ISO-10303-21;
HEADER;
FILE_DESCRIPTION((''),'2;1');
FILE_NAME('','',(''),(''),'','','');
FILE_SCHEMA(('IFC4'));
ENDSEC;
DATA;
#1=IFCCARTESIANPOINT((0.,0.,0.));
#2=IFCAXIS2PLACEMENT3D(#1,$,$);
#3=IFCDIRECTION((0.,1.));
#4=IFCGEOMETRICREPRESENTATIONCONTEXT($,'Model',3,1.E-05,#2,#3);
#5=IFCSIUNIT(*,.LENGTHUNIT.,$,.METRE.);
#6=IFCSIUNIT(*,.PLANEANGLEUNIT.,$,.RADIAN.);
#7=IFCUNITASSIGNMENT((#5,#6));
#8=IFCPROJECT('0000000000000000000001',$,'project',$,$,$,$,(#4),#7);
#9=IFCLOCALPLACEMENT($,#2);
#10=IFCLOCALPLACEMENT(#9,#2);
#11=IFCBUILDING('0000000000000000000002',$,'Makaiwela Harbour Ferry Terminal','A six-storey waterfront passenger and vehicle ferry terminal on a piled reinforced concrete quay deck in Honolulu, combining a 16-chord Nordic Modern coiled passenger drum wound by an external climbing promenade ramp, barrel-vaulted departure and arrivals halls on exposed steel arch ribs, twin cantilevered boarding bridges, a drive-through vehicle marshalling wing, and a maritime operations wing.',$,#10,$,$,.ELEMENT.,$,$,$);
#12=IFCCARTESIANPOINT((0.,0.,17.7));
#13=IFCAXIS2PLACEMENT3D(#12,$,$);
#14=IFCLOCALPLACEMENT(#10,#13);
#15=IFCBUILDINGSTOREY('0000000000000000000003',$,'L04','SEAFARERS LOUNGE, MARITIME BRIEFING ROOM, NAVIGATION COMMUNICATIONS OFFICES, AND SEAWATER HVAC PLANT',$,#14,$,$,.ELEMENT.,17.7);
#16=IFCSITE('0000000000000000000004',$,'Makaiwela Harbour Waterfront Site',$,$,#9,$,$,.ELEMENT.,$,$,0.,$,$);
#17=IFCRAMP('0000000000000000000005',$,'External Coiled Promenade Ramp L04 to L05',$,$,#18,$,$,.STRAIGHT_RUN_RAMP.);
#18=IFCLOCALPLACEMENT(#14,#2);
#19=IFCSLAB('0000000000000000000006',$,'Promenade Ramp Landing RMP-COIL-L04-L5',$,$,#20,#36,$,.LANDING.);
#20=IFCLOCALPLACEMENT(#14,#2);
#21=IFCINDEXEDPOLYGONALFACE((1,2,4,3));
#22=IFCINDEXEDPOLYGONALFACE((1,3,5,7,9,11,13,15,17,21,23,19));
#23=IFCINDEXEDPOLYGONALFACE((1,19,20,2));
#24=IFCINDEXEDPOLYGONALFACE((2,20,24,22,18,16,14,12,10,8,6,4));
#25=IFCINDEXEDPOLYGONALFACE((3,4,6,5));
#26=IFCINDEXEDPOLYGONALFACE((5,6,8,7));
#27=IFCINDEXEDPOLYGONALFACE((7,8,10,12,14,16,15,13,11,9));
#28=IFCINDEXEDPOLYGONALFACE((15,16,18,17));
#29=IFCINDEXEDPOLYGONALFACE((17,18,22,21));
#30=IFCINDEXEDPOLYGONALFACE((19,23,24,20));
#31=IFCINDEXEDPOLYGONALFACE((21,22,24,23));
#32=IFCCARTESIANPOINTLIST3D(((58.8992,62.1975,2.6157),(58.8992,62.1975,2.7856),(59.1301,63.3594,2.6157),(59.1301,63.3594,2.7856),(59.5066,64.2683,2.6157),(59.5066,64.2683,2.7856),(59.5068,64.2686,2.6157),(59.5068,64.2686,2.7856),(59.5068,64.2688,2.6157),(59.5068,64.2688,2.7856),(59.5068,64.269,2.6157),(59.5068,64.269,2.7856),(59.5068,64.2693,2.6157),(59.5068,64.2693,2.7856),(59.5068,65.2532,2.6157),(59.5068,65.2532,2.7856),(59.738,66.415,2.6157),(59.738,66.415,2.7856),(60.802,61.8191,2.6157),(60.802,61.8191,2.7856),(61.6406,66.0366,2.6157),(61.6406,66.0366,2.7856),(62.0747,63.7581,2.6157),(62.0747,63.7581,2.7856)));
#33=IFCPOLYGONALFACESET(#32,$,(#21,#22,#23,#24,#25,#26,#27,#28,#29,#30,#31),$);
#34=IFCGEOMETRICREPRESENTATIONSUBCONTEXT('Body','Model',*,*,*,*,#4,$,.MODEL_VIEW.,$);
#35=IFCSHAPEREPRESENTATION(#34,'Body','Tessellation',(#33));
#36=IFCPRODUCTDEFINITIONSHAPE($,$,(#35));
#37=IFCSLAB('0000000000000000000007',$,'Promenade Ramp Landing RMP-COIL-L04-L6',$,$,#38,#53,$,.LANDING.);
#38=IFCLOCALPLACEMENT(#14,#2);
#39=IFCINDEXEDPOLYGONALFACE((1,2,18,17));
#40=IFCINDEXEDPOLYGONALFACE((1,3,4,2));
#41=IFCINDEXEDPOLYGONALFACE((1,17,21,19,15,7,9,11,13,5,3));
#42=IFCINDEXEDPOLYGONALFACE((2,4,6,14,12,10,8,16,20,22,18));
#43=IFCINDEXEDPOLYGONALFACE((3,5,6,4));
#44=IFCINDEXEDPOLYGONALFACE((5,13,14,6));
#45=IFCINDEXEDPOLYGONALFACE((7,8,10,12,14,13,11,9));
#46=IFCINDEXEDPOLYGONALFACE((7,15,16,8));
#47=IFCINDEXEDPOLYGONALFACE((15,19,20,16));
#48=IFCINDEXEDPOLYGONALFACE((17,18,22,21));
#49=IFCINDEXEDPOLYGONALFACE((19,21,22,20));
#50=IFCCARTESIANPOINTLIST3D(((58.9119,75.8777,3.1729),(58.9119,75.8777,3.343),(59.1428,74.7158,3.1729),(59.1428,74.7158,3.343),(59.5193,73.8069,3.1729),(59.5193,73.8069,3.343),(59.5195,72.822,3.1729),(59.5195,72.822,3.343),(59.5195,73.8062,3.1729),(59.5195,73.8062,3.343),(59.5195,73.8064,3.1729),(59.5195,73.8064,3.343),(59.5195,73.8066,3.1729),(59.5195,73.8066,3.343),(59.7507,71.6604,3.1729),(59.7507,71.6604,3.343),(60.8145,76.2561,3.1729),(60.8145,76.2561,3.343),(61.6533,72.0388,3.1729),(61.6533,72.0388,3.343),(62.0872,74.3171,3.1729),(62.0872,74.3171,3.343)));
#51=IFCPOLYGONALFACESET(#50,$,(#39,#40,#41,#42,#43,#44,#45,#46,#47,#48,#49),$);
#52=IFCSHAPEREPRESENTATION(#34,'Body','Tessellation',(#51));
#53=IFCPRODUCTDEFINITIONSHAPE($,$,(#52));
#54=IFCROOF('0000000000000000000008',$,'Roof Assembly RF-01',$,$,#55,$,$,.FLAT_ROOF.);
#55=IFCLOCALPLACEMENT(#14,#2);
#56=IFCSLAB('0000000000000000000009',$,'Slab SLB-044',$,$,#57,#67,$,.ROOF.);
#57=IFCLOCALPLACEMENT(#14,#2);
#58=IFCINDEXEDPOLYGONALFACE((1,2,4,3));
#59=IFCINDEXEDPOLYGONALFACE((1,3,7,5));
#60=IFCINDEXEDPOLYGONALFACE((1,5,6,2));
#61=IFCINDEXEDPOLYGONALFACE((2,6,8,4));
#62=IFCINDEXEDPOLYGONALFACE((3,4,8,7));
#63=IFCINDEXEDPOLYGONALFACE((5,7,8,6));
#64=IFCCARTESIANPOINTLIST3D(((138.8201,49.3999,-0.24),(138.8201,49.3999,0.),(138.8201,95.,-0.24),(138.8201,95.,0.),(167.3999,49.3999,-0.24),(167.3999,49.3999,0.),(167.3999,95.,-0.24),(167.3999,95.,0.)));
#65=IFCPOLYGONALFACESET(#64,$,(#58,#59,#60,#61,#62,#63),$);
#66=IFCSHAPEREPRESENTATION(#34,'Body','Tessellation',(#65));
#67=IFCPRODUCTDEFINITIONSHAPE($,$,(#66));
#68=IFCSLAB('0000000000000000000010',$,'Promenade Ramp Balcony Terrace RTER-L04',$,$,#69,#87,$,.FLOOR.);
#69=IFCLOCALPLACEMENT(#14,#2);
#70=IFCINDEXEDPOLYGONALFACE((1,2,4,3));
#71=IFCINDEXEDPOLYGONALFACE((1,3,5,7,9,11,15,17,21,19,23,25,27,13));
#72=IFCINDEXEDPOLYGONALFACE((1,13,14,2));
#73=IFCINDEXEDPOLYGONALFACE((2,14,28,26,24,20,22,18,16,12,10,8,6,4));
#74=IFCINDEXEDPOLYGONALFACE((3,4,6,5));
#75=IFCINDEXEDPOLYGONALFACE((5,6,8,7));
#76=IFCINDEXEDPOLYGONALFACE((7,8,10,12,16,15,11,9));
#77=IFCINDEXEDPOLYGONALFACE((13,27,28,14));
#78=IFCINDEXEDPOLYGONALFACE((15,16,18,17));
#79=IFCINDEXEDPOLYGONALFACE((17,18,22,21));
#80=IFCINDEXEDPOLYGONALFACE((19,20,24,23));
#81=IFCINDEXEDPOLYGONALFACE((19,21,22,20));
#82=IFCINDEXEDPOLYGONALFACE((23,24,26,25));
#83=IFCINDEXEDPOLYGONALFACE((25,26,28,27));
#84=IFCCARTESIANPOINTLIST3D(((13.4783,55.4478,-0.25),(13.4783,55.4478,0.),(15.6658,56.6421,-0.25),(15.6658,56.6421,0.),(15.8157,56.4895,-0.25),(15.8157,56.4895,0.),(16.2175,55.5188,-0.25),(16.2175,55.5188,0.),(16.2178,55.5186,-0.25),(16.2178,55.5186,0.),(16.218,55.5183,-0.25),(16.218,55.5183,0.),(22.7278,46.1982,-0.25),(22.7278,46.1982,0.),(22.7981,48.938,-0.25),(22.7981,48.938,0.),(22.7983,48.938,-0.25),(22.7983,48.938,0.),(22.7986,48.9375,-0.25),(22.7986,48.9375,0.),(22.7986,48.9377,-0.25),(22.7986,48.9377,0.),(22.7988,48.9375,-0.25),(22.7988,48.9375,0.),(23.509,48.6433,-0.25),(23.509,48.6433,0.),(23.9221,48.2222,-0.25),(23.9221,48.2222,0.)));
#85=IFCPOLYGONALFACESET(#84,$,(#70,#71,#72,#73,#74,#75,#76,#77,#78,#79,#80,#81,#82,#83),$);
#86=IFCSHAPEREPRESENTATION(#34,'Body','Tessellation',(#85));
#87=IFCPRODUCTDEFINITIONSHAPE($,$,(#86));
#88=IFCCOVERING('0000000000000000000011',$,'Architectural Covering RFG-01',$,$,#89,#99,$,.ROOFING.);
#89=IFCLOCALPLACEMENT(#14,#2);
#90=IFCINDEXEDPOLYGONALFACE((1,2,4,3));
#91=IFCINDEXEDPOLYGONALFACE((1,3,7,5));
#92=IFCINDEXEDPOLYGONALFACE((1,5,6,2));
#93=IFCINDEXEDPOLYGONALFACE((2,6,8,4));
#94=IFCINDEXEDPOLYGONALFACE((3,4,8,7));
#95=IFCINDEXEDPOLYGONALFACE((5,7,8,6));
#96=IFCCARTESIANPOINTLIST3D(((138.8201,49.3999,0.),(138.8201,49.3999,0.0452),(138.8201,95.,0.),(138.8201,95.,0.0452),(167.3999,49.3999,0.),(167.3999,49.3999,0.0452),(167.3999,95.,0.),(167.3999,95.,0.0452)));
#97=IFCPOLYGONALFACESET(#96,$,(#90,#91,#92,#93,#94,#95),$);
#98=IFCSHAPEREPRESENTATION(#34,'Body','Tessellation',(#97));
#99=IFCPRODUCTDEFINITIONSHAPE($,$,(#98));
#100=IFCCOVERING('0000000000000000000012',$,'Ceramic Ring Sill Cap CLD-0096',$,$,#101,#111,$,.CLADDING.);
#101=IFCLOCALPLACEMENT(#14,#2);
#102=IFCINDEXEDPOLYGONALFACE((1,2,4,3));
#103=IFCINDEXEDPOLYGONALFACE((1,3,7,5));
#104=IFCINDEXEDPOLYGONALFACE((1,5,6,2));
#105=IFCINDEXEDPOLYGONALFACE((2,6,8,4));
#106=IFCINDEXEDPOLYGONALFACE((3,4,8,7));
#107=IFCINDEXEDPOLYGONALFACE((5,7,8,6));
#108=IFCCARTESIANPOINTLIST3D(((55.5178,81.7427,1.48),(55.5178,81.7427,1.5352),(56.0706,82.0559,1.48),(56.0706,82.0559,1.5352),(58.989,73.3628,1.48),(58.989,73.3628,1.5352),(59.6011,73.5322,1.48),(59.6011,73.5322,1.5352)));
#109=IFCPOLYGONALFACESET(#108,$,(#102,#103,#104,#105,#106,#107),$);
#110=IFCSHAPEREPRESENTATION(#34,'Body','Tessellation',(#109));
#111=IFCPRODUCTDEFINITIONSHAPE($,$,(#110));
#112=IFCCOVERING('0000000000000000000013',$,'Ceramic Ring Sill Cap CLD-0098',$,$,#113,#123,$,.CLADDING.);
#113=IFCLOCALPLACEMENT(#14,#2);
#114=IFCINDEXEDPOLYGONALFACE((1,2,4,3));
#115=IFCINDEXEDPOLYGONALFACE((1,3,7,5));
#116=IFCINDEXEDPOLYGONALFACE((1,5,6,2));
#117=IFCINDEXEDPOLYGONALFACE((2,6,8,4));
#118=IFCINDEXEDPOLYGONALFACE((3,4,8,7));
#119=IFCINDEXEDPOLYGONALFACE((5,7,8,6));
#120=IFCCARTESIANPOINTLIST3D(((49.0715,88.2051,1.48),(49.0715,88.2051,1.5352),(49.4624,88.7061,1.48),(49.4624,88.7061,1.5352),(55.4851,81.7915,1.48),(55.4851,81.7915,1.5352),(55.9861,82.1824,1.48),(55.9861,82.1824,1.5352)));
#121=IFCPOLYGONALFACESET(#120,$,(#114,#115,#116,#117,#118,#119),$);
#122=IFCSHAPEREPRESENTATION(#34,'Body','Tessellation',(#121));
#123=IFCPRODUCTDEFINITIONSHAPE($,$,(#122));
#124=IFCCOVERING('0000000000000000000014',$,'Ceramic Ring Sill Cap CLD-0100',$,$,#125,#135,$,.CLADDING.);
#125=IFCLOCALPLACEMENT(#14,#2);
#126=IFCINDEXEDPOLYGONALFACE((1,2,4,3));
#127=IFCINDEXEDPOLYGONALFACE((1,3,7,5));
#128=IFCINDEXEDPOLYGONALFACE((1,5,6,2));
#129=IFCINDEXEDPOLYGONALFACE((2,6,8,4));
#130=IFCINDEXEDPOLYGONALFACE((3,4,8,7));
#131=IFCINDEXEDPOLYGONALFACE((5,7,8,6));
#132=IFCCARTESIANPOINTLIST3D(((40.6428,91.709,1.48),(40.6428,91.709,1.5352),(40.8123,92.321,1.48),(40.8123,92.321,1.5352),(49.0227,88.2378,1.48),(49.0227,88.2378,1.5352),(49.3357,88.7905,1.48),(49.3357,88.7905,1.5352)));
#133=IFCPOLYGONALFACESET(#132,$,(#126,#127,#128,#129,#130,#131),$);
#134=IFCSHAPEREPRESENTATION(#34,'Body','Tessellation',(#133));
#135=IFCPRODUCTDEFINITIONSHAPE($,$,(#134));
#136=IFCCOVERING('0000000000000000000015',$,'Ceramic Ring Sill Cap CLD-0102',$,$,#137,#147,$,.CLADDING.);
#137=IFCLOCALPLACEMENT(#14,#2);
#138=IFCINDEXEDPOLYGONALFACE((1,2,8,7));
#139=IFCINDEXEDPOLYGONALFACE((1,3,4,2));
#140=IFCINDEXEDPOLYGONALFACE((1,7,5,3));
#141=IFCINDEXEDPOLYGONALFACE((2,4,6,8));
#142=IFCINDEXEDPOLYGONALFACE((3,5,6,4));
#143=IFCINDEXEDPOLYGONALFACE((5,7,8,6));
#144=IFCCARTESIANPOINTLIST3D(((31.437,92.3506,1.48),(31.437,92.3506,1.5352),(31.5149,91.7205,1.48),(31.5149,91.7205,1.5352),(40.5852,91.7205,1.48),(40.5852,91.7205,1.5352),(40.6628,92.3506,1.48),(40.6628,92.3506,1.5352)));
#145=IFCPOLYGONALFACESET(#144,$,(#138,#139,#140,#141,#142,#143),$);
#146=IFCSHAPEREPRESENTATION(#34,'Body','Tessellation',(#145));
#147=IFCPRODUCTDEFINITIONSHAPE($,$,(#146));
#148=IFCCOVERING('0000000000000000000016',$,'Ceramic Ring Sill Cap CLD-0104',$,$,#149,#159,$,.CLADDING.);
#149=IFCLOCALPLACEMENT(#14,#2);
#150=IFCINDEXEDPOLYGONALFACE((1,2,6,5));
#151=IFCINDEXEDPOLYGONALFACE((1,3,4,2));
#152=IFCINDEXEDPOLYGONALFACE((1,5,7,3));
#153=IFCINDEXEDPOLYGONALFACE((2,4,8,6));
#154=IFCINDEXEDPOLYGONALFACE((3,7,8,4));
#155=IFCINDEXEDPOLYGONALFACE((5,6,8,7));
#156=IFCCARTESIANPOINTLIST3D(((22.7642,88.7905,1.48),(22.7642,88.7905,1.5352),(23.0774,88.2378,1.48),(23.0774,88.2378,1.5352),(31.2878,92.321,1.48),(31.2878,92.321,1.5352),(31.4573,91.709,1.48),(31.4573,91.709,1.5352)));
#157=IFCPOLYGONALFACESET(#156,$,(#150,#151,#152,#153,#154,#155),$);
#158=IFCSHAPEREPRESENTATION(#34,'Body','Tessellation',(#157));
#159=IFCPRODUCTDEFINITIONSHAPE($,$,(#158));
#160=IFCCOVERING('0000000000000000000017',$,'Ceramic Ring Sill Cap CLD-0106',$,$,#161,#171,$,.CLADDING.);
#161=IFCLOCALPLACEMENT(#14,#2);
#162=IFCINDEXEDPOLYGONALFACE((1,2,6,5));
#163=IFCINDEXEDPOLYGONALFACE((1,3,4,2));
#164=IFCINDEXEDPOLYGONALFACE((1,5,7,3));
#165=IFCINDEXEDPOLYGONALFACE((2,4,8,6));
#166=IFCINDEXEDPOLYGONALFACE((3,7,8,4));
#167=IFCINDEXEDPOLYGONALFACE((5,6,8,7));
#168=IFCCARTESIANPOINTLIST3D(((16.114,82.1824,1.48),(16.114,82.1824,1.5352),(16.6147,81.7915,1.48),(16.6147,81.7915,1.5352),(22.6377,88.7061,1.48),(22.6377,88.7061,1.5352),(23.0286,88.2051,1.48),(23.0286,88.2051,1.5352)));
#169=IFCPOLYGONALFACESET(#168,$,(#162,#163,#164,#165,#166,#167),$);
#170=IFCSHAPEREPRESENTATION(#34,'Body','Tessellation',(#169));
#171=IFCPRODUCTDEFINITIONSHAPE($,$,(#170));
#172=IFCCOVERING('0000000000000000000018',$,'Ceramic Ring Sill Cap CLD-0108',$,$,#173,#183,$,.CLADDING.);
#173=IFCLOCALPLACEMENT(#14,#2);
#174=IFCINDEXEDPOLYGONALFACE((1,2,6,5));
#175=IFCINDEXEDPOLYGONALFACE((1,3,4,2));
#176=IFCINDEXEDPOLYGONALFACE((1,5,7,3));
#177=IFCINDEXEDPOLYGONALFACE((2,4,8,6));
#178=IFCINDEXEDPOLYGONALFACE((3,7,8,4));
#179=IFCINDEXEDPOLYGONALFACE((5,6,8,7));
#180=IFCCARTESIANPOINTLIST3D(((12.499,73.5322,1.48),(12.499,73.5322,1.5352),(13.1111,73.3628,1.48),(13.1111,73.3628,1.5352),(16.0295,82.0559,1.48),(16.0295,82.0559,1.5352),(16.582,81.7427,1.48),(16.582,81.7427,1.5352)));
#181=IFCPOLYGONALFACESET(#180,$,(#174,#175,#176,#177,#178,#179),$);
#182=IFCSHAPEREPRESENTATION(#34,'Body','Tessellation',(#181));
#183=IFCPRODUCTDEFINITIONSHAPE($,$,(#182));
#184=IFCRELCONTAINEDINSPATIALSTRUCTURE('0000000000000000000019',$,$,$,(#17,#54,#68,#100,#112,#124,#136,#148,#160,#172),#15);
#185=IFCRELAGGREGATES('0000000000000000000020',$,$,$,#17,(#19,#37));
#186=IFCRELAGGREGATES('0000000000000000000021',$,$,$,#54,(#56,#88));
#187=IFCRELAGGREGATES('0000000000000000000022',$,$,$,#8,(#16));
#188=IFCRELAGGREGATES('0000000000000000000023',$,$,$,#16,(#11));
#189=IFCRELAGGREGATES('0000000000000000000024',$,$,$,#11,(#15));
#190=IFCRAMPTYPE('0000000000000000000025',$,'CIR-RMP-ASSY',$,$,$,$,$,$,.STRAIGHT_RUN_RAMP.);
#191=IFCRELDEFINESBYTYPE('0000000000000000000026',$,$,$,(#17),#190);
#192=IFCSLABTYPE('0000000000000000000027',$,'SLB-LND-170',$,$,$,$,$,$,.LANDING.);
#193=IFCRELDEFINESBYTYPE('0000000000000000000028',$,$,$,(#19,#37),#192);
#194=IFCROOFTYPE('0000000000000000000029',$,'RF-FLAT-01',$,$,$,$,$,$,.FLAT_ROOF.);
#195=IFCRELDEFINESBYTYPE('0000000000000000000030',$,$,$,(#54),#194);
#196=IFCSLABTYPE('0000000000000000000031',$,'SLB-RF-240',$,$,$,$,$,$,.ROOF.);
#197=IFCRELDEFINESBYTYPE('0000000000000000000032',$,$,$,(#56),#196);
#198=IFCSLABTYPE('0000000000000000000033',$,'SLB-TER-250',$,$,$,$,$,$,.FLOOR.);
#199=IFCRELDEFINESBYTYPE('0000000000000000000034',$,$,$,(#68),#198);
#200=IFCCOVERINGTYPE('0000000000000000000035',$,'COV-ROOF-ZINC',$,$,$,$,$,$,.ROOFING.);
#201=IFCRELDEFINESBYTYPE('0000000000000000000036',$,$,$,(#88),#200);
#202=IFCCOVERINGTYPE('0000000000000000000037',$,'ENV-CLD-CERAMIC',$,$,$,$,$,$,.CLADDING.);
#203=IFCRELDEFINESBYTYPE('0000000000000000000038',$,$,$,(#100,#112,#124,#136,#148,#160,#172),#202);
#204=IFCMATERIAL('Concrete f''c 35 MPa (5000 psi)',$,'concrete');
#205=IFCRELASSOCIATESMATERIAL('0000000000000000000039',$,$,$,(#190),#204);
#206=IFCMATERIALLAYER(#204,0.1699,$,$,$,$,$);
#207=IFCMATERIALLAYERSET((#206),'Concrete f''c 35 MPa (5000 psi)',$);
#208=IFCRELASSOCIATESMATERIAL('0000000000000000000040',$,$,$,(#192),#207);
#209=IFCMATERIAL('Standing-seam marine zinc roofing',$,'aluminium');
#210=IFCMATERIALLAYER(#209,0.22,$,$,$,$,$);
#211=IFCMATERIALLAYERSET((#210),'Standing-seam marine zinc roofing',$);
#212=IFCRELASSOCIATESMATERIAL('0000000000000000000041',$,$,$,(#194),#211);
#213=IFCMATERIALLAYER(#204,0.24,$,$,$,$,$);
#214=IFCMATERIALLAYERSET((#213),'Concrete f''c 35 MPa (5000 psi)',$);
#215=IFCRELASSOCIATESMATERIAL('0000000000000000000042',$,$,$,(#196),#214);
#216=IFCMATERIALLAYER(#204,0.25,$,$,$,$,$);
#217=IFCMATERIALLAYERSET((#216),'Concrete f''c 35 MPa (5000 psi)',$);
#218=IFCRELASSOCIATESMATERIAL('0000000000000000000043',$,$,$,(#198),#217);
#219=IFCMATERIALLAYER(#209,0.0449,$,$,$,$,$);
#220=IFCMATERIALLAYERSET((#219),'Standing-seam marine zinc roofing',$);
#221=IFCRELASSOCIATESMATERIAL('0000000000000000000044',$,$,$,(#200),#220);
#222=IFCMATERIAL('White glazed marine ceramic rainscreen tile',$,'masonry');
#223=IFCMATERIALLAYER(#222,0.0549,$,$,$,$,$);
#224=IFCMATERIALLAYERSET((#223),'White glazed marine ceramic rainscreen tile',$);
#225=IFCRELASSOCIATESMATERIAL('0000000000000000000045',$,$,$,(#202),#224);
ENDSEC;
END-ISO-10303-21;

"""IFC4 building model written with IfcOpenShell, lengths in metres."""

from ifc_helpers import new_model, si_unit, direction, frame, origin, place, context, subcontext, project, spatial, polyline, outline, extrude, material, layer, layer_set, type_object, element, aggregate, save


model = new_model("IFC4")

# Units and contexts
model_context = context("Model", 3, precision=1e-05, world=origin(), true_north=direction((0.0, 1.0)))
body_context = subcontext(model_context, "Body", "Model", "MODEL_VIEW")
ifc_project = project(units=[si_unit("LENGTHUNIT", "METRE"), si_unit("PLANEANGLEUNIT", "RADIAN")], contexts=[model_context])

# Site, building, storey
site_placement = place(None, origin())
site = spatial("IfcSite", under=ifc_project, at=site_placement, Name="Makaiwela Harbour Waterfront Site", CompositionType="ELEMENT", RefElevation=0.0)
building_placement = place(site_placement, origin())
building = spatial("IfcBuilding", under=site, at=building_placement, Name="Makaiwela Harbour Ferry Terminal", Description="A six-storey waterfront passenger and vehicle ferry terminal on a piled reinforced concrete quay deck in Honolulu, combining a 16-chord Nordic Modern coiled passenger drum wound by an external climbing promenade ramp, barrel-vaulted departure and arrivals halls on exposed steel arch ribs, twin cantilevered boarding bridges, a drive-through vehicle marshalling wing, and a maritime operations wing.", CompositionType="ELEMENT")
storey_placement = place(building_placement, frame((0.0, 0.0, 17.7)))
storey = spatial("IfcBuildingStorey", under=building, at=storey_placement, Name="L04", Description="SEAFARERS LOUNGE, MARITIME BRIEFING ROOM, NAVIGATION COMMUNICATIONS OFFICES, AND SEAWATER HVAC PLANT", CompositionType="ELEMENT", Elevation=17.7)

# Shared definitions
ifc_material_1 = material(Name="Concrete f'c 35 MPa (5000 psi)", Category="concrete")

# Ramp, slabs
ramp_type = type_object("IfcRampType", Name="CIR-RMP-ASSY", PredefinedType="STRAIGHT_RUN_RAMP", material=ifc_material_1)
ramp_placement = place(storey_placement, origin())
ramp = element("IfcRamp", 1, at=ramp_placement, inside=storey, type_object=ramp_type, Name="External Coiled Promenade Ramp L04 to L05", PredefinedType="STRAIGHT_RUN_RAMP")
ifc_layer_1 = layer(ifc_material_1, 0.1699)
ifc_layer_set_1 = layer_set([ifc_layer_1], Name="Concrete f'c 35 MPa (5000 psi)")
slab_type_1 = type_object("IfcSlabType", Name="SLB-LND-170", PredefinedType="LANDING", material=ifc_layer_set_1)
slab_1_placement = place(storey_placement, frame((0.0, 0.0, 2.6157)))
slab_1 = element("IfcSlab", 2, at=slab_1_placement, type_object=slab_type_1, Name="Promenade Ramp Landing RMP-COIL-L04-L5", PredefinedType="LANDING", context=body_context, shape_type="SweptSolid", body=[
    extrude(outline(polyline([(59.5068, 65.2532), (59.5068, 64.2693), (59.5068, 64.269), (59.5068, 64.2688), (59.5068, 64.2686), (59.5066, 64.2683), (59.1301, 63.3594), (58.8992, 62.1975), (60.802, 61.8191), (62.0747, 63.7581), (61.6406, 66.0366), (59.738, 66.415), (59.5068, 65.2532)])), origin(), (0.0, 0.0, 1.0), 0.1699),
])
slab_2_placement = place(storey_placement, frame((0.0, 0.0, 3.1729)))
slab_2 = element("IfcSlab", 3, at=slab_2_placement, type_object=slab_type_1, Name="Promenade Ramp Landing RMP-COIL-L04-L6", PredefinedType="LANDING", context=body_context, shape_type="SweptSolid", body=[
    extrude(outline(polyline([(59.1428, 74.7158), (59.5193, 73.8069), (59.5195, 73.8066), (59.5195, 73.8064), (59.5195, 73.8064), (59.5195, 73.8062), (59.5195, 72.822), (59.7507, 71.6604), (61.6533, 72.0388), (62.0872, 74.3171), (60.8145, 76.2561), (58.9119, 75.8777), (59.1428, 74.7158)])), origin(), (0.0, 0.0, 1.0), 0.1702),
])
aggregate(ramp, [slab_1, slab_2])

# Roof, slab
ifc_material_2 = material(Name="Standing-seam marine zinc roofing", Category="aluminium")
ifc_layer_2 = layer(ifc_material_2, 0.22)
ifc_layer_set_2 = layer_set([ifc_layer_2], Name="Standing-seam marine zinc roofing")
roof_type = type_object("IfcRoofType", Name="RF-FLAT-01", PredefinedType="FLAT_ROOF", material=ifc_layer_set_2)
roof_placement = place(storey_placement, origin())
roof = element("IfcRoof", 4, at=roof_placement, inside=storey, type_object=roof_type, Name="Roof Assembly RF-01", PredefinedType="FLAT_ROOF")
ifc_layer_3 = layer(ifc_material_1, 0.24)
ifc_layer_set_3 = layer_set([ifc_layer_3], Name="Concrete f'c 35 MPa (5000 psi)")
slab_type_2 = type_object("IfcSlabType", Name="SLB-RF-240", PredefinedType="ROOF", material=ifc_layer_set_3)
slab_3_placement = place(storey_placement, frame((0.0, 0.0, -0.24)))
slab_3 = element("IfcSlab", 5, at=slab_3_placement, type_object=slab_type_2, Name="Slab SLB-044", PredefinedType="ROOF", context=body_context, shape_type="SweptSolid", body=[
    extrude(outline(polyline([(138.8201, 49.3999), (167.3999, 49.3999), (167.3999, 95.0), (138.8201, 95.0), (138.8201, 49.3999)])), origin(), (0.0, 0.0, 1.0), 0.24),
])

# Slab
ifc_layer_4 = layer(ifc_material_1, 0.25)
ifc_layer_set_4 = layer_set([ifc_layer_4], Name="Concrete f'c 35 MPa (5000 psi)")
slab_type_3 = type_object("IfcSlabType", Name="SLB-TER-250", PredefinedType="FLOOR", material=ifc_layer_set_4)
slab_4_placement = place(storey_placement, frame((0.0, 0.0, -0.25)))
element("IfcSlab", 6, at=slab_4_placement, inside=storey, type_object=slab_type_3, Name="Promenade Ramp Balcony Terrace RTER-L04", PredefinedType="FLOOR", context=body_context, shape_type="SweptSolid", body=[
    extrude(outline(polyline([(23.509, 48.6433), (22.7988, 48.9375), (22.7986, 48.9375), (22.7986, 48.9377), (22.7983, 48.938), (22.7981, 48.938), (16.218, 55.5183), (16.218, 55.5183), (16.2178, 55.5186), (16.2175, 55.5188), (16.2175, 55.5188), (15.8157, 56.4895), (15.6658, 56.6421), (13.4783, 55.4478), (22.7278, 46.1982), (23.9221, 48.2222), (23.509, 48.6433)])), origin(), (0.0, 0.0, 1.0), 0.25),
])

# Covering
ifc_layer_5 = layer(ifc_material_2, 0.0449)
ifc_layer_set_5 = layer_set([ifc_layer_5], Name="Standing-seam marine zinc roofing")
covering_type_1 = type_object("IfcCoveringType", Name="COV-ROOF-ZINC", PredefinedType="ROOFING", material=ifc_layer_set_5)
covering_1_placement = place(storey_placement, origin())
covering_1 = element("IfcCovering", 7, at=covering_1_placement, type_object=covering_type_1, Name="Architectural Covering RFG-01", PredefinedType="ROOFING", context=body_context, shape_type="SweptSolid", body=[
    extrude(outline(polyline([(138.8201, 49.3999), (167.3999, 49.3999), (167.3999, 95.0), (138.8201, 95.0), (138.8201, 49.3999)])), origin(), (0.0, 0.0, 1.0), 0.0452),
])
aggregate(roof, [slab_3, covering_1])

# Coverings
ifc_material_3 = material(Name="White glazed marine ceramic rainscreen tile", Category="masonry")
ifc_layer_6 = layer(ifc_material_3, 0.0549)
ifc_layer_set_6 = layer_set([ifc_layer_6], Name="White glazed marine ceramic rainscreen tile")
covering_type_2 = type_object("IfcCoveringType", Name="ENV-CLD-CERAMIC", PredefinedType="CLADDING", material=ifc_layer_set_6)
covering_2_placement = place(storey_placement, frame((0.0, 0.0, 1.48)))
element("IfcCovering", 8, at=covering_2_placement, inside=storey, type_object=covering_type_2, Name="Ceramic Ring Sill Cap CLD-0096", PredefinedType="CLADDING", context=body_context, shape_type="SweptSolid", body=[
    extrude(outline(polyline([(59.6011, 73.5322), (56.0706, 82.0559), (55.5178, 81.7427), (58.989, 73.3628), (59.6011, 73.5322)])), origin(), (0.0, 0.0, 1.0), 0.0552),
])
covering_3_placement = place(storey_placement, frame((0.0, 0.0, 1.48)))
element("IfcCovering", 9, at=covering_3_placement, inside=storey, type_object=covering_type_2, Name="Ceramic Ring Sill Cap CLD-0098", PredefinedType="CLADDING", context=body_context, shape_type="SweptSolid", body=[
    extrude(outline(polyline([(55.9861, 82.1824), (49.4624, 88.7061), (49.0715, 88.2051), (55.4851, 81.7915), (55.9861, 82.1824)])), origin(), (0.0, 0.0, 1.0), 0.0552),
])
covering_4_placement = place(storey_placement, frame((0.0, 0.0, 1.48)))
element("IfcCovering", 10, at=covering_4_placement, inside=storey, type_object=covering_type_2, Name="Ceramic Ring Sill Cap CLD-0100", PredefinedType="CLADDING", context=body_context, shape_type="SweptSolid", body=[
    extrude(outline(polyline([(49.3357, 88.7905), (40.8123, 92.321), (40.6428, 91.709), (49.0227, 88.2378), (49.3357, 88.7905)])), origin(), (0.0, 0.0, 1.0), 0.0552),
])
covering_5_placement = place(storey_placement, frame((0.0, 0.0, 1.48)))
element("IfcCovering", 11, at=covering_5_placement, inside=storey, type_object=covering_type_2, Name="Ceramic Ring Sill Cap CLD-0102", PredefinedType="CLADDING", context=body_context, shape_type="SweptSolid", body=[
    extrude(outline(polyline([(40.6628, 92.3506), (31.437, 92.3506), (31.5149, 91.7205), (40.5852, 91.7205), (40.6628, 92.3506)])), origin(), (0.0, 0.0, 1.0), 0.0552),
])
covering_6_placement = place(storey_placement, frame((0.0, 0.0, 1.48)))
element("IfcCovering", 12, at=covering_6_placement, inside=storey, type_object=covering_type_2, Name="Ceramic Ring Sill Cap CLD-0104", PredefinedType="CLADDING", context=body_context, shape_type="SweptSolid", body=[
    extrude(outline(polyline([(31.2878, 92.321), (22.7642, 88.7905), (23.0774, 88.2378), (31.4573, 91.709), (31.2878, 92.321)])), origin(), (0.0, 0.0, 1.0), 0.0552),
])
covering_7_placement = place(storey_placement, frame((0.0, 0.0, 1.48)))
element("IfcCovering", 13, at=covering_7_placement, inside=storey, type_object=covering_type_2, Name="Ceramic Ring Sill Cap CLD-0106", PredefinedType="CLADDING", context=body_context, shape_type="SweptSolid", body=[
    extrude(outline(polyline([(22.6377, 88.7061), (16.114, 82.1824), (16.6147, 81.7915), (23.0286, 88.2051), (22.6377, 88.7061)])), origin(), (0.0, 0.0, 1.0), 0.0552),
])
covering_8_placement = place(storey_placement, frame((0.0, 0.0, 1.48)))
element("IfcCovering", 14, at=covering_8_placement, inside=storey, type_object=covering_type_2, Name="Ceramic Ring Sill Cap CLD-0108", PredefinedType="CLADDING", context=body_context, shape_type="SweptSolid", body=[
    extrude(outline(polyline([(16.0295, 82.0559), (12.499, 73.5322), (13.1111, 73.3628), (16.582, 81.7427), (16.0295, 82.0559)])), origin(), (0.0, 0.0, 1.0), 0.0552),
])

save(model, "model.ifc")
